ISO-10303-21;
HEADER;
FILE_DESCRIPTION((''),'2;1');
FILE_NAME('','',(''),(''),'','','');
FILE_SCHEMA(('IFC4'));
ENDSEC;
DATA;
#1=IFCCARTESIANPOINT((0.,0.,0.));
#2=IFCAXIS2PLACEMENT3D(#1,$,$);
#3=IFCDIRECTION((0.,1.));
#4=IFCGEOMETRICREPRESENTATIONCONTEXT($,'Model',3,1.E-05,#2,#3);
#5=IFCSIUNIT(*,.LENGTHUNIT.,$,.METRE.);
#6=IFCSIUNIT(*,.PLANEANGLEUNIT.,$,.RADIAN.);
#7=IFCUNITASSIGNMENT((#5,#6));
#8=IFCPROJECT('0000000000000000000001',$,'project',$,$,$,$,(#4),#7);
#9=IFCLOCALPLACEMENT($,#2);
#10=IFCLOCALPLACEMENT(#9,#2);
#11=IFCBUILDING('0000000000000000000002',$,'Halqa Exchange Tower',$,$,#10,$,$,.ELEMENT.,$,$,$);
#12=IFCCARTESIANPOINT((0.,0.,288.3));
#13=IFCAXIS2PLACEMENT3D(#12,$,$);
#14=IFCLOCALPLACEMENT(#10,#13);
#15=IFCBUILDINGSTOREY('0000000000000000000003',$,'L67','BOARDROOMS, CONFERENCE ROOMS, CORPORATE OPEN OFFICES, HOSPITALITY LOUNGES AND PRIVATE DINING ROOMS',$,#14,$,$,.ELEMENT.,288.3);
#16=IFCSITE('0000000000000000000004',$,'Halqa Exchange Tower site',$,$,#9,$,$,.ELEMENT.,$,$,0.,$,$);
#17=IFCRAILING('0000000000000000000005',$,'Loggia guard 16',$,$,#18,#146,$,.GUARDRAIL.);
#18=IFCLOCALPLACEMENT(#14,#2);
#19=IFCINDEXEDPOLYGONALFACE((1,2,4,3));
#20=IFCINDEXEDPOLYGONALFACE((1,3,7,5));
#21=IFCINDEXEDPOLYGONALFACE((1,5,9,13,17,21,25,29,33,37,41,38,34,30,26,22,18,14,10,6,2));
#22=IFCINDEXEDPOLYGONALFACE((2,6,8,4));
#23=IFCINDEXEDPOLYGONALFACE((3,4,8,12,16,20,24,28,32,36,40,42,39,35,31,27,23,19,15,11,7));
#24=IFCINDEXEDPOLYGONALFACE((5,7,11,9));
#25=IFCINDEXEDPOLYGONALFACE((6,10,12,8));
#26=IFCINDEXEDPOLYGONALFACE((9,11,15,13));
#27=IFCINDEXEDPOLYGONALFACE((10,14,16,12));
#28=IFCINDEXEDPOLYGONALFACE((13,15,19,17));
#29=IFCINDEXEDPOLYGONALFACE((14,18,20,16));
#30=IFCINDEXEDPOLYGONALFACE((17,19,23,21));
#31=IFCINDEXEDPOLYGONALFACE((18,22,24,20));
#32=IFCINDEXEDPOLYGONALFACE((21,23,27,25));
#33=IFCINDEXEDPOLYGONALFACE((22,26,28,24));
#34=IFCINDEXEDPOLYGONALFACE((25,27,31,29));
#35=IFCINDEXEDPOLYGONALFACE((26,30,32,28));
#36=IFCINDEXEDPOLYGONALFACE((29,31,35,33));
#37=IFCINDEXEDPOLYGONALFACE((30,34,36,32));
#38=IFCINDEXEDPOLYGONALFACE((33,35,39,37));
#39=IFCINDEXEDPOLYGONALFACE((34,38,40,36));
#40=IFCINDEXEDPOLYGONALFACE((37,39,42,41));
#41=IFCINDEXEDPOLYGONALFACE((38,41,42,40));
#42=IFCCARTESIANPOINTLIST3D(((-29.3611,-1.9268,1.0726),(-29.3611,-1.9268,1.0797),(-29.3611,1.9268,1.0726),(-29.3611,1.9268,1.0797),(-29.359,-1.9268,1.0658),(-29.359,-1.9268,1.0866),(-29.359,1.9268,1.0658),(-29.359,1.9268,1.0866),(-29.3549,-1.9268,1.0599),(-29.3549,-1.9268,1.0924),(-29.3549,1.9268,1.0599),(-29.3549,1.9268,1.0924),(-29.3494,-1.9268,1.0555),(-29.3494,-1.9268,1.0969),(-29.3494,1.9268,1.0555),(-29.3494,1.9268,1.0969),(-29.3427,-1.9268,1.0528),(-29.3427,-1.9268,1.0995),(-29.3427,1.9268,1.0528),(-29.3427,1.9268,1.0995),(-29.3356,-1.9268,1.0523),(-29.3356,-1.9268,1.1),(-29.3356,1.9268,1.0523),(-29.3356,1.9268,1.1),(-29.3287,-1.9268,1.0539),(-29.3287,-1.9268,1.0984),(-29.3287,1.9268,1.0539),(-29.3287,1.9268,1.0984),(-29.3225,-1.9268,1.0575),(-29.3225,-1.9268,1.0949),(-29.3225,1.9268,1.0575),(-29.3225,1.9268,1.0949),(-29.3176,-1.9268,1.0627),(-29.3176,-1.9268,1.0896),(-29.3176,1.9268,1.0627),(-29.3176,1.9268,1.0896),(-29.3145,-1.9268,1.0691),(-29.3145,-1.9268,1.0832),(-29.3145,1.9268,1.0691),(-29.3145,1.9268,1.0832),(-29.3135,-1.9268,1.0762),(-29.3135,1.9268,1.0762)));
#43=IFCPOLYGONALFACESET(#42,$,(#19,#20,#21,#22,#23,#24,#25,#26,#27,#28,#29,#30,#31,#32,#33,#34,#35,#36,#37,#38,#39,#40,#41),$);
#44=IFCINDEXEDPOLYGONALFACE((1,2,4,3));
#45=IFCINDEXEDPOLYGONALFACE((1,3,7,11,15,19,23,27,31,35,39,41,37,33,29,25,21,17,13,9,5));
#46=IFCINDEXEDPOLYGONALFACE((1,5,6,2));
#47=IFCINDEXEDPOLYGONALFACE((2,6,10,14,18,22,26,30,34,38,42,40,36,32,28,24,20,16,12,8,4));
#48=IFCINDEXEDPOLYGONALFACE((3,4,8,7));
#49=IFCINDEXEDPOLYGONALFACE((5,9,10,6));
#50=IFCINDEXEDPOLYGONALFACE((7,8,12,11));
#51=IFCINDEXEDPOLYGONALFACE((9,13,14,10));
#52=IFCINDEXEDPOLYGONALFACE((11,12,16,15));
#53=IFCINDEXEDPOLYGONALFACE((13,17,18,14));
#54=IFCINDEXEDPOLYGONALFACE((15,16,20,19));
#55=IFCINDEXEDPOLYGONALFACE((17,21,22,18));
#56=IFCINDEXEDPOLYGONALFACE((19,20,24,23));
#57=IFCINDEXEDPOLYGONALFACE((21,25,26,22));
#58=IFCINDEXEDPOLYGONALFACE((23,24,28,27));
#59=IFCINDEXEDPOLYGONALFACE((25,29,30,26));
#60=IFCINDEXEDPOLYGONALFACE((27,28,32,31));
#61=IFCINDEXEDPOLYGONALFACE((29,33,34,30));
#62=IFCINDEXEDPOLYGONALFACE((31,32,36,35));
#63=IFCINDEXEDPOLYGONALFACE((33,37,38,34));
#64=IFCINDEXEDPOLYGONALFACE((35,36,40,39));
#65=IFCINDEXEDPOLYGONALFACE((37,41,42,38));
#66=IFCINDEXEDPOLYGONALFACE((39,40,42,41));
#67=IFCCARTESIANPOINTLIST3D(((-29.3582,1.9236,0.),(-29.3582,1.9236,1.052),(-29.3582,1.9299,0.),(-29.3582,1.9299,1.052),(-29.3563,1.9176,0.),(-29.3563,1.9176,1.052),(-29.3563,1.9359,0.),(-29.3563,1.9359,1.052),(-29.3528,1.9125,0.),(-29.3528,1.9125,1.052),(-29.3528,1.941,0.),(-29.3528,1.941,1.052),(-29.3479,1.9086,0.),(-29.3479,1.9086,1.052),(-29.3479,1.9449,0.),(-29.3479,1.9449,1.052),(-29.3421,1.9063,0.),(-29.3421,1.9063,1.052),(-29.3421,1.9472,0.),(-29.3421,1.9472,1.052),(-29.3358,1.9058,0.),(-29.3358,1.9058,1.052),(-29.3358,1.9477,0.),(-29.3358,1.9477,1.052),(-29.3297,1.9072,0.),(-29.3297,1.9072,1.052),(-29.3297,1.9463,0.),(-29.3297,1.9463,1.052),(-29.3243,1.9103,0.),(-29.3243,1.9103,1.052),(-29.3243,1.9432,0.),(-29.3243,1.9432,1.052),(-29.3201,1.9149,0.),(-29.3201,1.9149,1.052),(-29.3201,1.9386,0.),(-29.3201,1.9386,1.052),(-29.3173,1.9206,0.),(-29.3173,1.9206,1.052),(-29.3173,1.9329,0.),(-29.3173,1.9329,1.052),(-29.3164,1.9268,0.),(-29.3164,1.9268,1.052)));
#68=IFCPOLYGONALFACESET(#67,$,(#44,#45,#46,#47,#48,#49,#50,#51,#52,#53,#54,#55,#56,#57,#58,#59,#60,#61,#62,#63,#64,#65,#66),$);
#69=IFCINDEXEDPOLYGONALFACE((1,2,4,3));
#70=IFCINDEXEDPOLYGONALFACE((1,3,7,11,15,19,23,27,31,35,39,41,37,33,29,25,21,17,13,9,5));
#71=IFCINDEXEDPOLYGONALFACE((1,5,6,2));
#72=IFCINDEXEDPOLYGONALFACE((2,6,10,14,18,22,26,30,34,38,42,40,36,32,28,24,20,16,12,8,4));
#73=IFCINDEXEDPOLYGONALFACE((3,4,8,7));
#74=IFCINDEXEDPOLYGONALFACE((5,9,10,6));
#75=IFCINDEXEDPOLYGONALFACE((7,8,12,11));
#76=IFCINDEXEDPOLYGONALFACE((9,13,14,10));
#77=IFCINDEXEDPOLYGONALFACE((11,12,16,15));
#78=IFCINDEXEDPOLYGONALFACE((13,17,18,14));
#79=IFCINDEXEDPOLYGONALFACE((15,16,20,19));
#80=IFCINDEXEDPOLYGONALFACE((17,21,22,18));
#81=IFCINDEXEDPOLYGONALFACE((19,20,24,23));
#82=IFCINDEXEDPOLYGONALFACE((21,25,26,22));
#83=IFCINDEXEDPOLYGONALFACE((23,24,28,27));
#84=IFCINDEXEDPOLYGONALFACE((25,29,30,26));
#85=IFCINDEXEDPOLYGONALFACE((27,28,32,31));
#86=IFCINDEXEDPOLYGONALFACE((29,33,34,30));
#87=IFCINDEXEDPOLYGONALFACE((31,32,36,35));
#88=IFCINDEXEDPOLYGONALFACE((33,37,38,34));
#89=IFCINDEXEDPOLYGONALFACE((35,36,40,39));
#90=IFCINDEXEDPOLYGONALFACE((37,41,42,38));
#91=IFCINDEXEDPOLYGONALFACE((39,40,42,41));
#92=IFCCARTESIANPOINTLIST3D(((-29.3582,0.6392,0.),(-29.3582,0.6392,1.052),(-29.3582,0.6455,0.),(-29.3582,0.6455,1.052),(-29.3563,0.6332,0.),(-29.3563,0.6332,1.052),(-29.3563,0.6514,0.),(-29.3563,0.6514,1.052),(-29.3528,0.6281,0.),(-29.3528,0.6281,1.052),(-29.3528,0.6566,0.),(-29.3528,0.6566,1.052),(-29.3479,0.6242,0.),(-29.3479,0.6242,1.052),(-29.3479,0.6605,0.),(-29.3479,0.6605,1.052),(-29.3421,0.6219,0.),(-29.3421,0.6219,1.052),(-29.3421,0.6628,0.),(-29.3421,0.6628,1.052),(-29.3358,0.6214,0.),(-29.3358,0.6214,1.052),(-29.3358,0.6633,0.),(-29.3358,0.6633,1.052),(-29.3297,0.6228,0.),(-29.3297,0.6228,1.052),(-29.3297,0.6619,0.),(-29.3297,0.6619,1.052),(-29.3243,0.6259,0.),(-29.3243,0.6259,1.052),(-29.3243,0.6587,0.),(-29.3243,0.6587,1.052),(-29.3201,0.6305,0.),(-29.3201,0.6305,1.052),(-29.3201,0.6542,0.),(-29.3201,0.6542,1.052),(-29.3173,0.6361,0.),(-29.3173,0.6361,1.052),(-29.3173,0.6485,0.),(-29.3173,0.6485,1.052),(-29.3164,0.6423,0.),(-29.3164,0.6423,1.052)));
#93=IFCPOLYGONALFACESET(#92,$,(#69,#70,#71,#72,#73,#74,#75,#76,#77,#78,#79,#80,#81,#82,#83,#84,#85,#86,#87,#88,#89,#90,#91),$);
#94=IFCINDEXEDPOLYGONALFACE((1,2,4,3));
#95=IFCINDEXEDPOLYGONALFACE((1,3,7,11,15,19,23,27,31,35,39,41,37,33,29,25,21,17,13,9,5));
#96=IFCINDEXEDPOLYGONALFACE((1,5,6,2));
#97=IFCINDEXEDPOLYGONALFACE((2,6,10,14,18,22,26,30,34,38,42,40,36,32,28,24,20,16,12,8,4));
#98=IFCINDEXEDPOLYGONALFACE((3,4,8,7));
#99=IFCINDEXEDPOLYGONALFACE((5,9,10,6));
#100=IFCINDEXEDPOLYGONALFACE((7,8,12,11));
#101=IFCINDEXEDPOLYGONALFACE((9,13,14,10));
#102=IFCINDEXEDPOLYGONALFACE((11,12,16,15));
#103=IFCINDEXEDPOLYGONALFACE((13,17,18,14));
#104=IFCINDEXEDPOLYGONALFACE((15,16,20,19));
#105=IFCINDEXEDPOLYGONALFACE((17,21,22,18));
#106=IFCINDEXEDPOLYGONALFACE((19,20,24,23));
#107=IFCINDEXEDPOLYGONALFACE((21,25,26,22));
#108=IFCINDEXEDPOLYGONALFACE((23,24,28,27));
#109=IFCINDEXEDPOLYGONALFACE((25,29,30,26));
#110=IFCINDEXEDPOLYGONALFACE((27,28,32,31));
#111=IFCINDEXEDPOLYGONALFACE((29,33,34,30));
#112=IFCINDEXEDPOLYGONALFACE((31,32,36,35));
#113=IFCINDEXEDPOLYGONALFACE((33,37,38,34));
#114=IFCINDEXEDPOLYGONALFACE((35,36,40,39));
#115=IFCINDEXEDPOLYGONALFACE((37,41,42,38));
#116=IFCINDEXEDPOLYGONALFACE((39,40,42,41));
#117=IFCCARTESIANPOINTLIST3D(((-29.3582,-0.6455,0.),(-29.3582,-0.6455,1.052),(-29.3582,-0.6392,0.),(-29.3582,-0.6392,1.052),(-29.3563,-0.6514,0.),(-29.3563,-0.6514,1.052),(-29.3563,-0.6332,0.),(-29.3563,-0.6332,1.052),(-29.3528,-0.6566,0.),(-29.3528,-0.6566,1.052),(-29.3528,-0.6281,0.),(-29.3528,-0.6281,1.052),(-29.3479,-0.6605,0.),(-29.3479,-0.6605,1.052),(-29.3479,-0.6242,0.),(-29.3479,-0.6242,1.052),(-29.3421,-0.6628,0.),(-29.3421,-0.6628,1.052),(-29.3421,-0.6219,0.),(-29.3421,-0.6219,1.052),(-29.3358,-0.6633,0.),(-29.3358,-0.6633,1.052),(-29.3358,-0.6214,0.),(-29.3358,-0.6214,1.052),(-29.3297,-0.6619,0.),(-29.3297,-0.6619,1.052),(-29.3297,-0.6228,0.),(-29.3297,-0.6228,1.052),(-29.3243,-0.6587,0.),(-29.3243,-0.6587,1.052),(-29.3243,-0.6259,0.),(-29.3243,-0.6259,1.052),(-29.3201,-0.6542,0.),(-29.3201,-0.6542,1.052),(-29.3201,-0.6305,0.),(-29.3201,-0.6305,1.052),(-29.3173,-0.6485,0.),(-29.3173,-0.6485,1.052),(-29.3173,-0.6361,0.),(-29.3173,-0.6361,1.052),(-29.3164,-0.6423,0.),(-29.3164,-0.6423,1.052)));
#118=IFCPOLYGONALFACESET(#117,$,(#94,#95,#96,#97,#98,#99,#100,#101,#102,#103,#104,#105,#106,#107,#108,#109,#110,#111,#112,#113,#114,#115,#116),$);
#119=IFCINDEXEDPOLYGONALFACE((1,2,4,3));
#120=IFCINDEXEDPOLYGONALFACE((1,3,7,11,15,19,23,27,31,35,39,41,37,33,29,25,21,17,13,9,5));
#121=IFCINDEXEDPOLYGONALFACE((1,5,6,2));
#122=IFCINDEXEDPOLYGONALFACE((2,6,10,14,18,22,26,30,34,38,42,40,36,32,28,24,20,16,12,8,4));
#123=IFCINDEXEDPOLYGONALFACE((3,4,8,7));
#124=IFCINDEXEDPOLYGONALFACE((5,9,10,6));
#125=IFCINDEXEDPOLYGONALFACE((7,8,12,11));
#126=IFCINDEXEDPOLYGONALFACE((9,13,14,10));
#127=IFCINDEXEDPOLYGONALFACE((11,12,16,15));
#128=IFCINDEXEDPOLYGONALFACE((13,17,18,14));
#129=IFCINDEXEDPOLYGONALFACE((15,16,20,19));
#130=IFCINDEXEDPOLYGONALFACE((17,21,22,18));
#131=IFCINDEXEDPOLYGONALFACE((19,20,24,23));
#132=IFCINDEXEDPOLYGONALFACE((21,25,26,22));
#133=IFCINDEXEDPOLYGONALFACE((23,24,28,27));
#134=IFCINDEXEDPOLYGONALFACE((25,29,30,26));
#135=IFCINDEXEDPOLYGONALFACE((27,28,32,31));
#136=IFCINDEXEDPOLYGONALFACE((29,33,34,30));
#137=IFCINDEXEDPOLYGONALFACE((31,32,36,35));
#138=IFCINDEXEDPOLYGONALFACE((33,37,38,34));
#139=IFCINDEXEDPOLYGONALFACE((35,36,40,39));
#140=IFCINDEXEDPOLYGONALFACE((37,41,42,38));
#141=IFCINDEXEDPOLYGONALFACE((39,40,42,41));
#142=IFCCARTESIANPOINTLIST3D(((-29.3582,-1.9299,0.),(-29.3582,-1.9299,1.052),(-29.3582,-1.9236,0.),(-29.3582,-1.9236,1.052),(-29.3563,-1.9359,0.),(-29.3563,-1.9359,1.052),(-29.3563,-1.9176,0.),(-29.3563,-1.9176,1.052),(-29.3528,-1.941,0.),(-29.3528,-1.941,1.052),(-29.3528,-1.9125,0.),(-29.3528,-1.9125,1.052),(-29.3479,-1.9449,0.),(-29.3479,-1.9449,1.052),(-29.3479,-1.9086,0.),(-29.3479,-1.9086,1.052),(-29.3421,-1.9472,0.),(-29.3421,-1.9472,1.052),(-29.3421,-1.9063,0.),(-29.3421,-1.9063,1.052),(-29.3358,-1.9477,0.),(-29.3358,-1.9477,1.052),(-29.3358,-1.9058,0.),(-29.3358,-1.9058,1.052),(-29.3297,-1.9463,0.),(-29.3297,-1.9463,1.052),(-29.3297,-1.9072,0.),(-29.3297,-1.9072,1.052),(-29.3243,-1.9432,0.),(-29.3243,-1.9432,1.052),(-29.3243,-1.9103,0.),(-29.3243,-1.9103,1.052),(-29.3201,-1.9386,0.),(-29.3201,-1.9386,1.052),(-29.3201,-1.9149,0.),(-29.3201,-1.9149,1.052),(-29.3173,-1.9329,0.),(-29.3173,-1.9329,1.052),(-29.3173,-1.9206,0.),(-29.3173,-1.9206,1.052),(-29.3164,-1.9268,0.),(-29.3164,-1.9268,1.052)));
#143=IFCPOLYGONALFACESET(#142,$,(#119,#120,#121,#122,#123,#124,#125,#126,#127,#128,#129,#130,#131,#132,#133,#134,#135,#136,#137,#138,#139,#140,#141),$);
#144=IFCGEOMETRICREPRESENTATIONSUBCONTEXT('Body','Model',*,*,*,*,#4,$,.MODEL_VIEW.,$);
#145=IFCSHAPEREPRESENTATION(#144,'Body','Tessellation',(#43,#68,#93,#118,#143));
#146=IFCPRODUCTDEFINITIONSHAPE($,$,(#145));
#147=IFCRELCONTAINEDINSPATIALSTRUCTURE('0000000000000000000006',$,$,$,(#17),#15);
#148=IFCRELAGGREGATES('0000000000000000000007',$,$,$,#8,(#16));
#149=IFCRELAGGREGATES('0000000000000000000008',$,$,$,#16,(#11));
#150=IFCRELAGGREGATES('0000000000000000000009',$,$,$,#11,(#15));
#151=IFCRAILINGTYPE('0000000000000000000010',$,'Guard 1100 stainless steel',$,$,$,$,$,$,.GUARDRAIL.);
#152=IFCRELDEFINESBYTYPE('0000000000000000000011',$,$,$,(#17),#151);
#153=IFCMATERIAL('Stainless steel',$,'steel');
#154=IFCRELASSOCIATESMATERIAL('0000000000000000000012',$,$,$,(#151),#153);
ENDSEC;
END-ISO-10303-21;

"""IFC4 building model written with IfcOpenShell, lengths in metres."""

from ifc_helpers import new_model, si_unit, direction, frame, origin, origin_2d, place, context, subcontext, project, spatial, circle, extrude, material, type_object, element, save


model = new_model("IFC4")

# Units and contexts
model_context = context("Model", 3, precision=1e-05, world=origin(), true_north=direction((0.0, 1.0)))
body_context = subcontext(model_context, "Body", "Model", "MODEL_VIEW")
ifc_project = project(units=[si_unit("LENGTHUNIT", "METRE"), si_unit("PLANEANGLEUNIT", "RADIAN")], contexts=[model_context])

# Site, building, storey
site_placement = place(None, origin())
site = spatial("IfcSite", under=ifc_project, at=site_placement, Name="Halqa Exchange Tower site", CompositionType="ELEMENT", RefElevation=0.0)
building_placement = place(site_placement, origin())
building = spatial("IfcBuilding", under=site, at=building_placement, Name="Halqa Exchange Tower", CompositionType="ELEMENT")
storey_placement = place(building_placement, frame((0.0, 0.0, 288.3)))
storey = spatial("IfcBuildingStorey", under=building, at=storey_placement, Name="L67", Description="BOARDROOMS, CONFERENCE ROOMS, CORPORATE OPEN OFFICES, HOSPITALITY LOUNGES AND PRIVATE DINING ROOMS", CompositionType="ELEMENT", Elevation=288.3)

# Railing
ifc_material_1 = material(Name="Stainless steel", Category="steel")
railing_type = type_object("IfcRailingType", Name="Guard 1100 stainless steel", PredefinedType="GUARDRAIL", material=ifc_material_1)
railing_1_placement = place(storey_placement, frame((-29.3374, 1.9268, 0.0)))
element("IfcRailing", 1, at=railing_1_placement, inside=storey, type_object=railing_type, Name="Loggia guard 16", PredefinedType="GUARDRAIL", context=body_context, shape_type="SweptSolid", body=[
    extrude(circle(Radius=0.0239, at=origin_2d()), frame((0.0, 0.0, 1.0762), z_axis=(0.0, -1.0, 0.0), x_axis=(1.0, 0.0, 0.0)), (0.0, 0.0, 1.0), 3.8535),
    extrude(circle(Radius=0.021, at=origin_2d()), origin(), (0.0, 0.0, 1.0), 1.052),
    extrude(circle(Radius=0.021, at=origin_2d()), frame((0.0, -1.2844, 0.0)), (0.0, 0.0, 1.0), 1.052),
    extrude(circle(Radius=0.021, at=origin_2d()), frame((0.0, -2.5691, 0.0)), (0.0, 0.0, 1.0), 1.052),
    extrude(circle(Radius=0.021, at=origin_2d()), frame((0.0, -3.8535, 0.0)), (0.0, 0.0, 1.0), 1.052),
])

save(model, "model.ifc")
